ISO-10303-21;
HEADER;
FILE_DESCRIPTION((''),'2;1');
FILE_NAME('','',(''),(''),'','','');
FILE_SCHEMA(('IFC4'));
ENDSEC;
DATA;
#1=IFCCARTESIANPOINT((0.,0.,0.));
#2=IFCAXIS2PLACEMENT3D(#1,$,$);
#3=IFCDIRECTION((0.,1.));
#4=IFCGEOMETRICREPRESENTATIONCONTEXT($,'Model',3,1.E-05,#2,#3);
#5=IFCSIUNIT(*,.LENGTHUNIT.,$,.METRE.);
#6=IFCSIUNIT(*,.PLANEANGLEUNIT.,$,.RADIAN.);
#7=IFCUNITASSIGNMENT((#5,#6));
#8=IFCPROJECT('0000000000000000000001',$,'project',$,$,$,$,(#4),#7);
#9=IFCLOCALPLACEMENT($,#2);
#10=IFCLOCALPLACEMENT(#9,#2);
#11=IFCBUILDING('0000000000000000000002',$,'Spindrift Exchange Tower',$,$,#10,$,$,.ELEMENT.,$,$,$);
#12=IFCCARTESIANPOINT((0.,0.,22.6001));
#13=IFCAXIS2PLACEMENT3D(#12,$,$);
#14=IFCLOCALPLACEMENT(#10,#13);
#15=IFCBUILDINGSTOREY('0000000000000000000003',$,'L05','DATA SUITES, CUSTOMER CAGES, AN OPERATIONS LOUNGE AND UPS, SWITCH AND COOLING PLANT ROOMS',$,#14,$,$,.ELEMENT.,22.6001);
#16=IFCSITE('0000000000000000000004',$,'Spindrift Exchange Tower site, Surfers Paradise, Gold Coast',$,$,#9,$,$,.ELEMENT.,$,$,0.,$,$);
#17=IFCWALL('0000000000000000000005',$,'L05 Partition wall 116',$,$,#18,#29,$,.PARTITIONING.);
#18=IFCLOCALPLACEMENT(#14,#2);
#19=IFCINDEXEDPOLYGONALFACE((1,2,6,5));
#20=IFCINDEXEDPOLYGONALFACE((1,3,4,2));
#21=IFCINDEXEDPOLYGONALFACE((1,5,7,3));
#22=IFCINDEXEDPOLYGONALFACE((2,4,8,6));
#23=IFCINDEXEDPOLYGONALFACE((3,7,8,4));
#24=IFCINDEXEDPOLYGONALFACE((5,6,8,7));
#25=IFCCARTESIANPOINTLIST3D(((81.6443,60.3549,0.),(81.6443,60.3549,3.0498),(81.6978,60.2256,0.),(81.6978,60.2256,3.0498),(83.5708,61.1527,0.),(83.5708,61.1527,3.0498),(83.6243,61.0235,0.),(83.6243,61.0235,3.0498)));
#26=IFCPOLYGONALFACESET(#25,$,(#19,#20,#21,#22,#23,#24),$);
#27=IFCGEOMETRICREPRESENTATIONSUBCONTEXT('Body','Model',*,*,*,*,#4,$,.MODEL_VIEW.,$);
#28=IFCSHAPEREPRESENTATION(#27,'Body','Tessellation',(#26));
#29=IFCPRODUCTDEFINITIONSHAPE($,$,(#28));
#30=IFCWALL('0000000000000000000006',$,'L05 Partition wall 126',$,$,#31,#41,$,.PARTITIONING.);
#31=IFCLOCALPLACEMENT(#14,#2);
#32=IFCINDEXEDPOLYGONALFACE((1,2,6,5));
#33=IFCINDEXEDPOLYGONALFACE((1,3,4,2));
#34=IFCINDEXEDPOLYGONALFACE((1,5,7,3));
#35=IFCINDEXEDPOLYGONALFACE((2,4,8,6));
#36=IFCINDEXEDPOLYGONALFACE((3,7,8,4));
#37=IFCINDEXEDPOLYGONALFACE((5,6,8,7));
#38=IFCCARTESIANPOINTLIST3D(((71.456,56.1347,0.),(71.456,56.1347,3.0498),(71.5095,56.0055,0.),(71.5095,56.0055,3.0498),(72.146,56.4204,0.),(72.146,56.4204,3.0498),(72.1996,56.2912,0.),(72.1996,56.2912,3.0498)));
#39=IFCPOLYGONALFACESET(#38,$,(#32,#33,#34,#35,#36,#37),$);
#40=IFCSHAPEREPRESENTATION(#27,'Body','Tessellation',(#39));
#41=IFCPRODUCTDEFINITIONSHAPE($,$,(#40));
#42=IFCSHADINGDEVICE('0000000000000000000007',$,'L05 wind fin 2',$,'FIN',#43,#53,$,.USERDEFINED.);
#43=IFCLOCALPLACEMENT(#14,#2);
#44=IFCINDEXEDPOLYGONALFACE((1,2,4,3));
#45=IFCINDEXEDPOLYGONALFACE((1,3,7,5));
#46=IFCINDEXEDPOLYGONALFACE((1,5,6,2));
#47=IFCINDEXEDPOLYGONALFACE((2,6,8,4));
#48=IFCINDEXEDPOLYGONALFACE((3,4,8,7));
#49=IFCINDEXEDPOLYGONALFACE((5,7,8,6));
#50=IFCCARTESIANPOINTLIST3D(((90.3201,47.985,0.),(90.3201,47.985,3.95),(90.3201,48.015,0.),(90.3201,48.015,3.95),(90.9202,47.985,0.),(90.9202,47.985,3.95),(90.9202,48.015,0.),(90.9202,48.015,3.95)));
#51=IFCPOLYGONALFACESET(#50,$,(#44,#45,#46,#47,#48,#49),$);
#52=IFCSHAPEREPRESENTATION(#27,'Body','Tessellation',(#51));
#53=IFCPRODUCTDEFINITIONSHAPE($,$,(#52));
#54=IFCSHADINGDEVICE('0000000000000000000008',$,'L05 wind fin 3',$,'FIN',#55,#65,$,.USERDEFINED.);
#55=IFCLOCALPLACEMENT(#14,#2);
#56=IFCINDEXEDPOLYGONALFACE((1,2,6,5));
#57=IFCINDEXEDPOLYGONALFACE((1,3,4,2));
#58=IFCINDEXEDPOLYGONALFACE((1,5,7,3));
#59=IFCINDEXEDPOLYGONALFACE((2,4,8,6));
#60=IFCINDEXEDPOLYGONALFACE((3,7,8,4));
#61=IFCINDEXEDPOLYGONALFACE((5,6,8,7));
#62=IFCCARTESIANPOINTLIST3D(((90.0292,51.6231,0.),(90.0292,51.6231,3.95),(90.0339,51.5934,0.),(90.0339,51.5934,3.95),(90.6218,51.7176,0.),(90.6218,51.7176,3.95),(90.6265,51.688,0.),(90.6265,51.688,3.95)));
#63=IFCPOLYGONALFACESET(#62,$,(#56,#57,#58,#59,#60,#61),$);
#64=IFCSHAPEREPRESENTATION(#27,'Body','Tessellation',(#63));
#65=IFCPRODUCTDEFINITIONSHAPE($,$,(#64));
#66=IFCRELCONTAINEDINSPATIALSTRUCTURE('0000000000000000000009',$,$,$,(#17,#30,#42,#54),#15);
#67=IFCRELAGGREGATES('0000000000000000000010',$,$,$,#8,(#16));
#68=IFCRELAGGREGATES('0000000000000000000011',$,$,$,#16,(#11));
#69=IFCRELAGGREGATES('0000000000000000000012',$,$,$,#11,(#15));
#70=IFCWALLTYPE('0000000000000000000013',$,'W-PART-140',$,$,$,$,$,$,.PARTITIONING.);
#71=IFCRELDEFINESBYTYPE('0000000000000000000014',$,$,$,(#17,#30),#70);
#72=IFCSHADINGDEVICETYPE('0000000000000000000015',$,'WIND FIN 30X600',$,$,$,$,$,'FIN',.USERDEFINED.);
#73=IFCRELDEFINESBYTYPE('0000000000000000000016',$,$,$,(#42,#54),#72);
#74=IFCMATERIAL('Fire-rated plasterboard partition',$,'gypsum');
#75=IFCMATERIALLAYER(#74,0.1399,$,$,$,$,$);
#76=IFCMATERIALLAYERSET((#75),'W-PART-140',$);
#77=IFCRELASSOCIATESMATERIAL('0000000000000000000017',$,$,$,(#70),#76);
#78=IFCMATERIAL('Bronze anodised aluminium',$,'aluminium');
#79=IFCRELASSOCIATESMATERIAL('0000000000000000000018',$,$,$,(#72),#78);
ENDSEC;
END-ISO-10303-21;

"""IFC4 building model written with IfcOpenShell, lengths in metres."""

from ifc_helpers import new_model, si_unit, direction, frame, frame_2d, origin, origin_2d, place, context, subcontext, project, spatial, rectangle, extrude, source, transform, mapped, material, layer, layer_set, material_profile, profile_set, type_object, element, save


model = new_model("IFC4")

# Units and contexts
model_context = context("Model", 3, precision=1e-05, world=origin(), true_north=direction((0.0, 1.0)))
body_context = subcontext(model_context, "Body", "Model", "MODEL_VIEW")
ifc_project = project(units=[si_unit("LENGTHUNIT", "METRE"), si_unit("PLANEANGLEUNIT", "RADIAN")], contexts=[model_context])

# Site, building, storey
site_placement = place(None, origin())
site = spatial("IfcSite", under=ifc_project, at=site_placement, Name="Spindrift Exchange Tower site, Surfers Paradise, Gold Coast", CompositionType="ELEMENT", RefElevation=0.0)
building_placement = place(site_placement, origin())
building = spatial("IfcBuilding", under=site, at=building_placement, Name="Spindrift Exchange Tower", CompositionType="ELEMENT")
storey_placement = place(building_placement, frame((0.0, 0.0, 22.6001)))
storey = spatial("IfcBuildingStorey", under=building, at=storey_placement, Name="L05", Description="DATA SUITES, CUSTOMER CAGES, AN OPERATIONS LOUNGE AND UPS, SWITCH AND COOLING PLANT ROOMS", CompositionType="ELEMENT", Elevation=22.6001)

# Shared definitions
ifc_material_1 = material(Name="Bronze anodised aluminium", Category="aluminium")

# Shared definitions
ifc_material_2 = material(Name="Fire-rated plasterboard partition", Category="gypsum")
ifc_layer_1 = layer(ifc_material_2, 0.1399)
ifc_layer_set_1 = layer_set([ifc_layer_1], Name="W-PART-140")
wall_type_1 = type_object("IfcWallType", Name="W-PART-140", PredefinedType="PARTITIONING", material=ifc_layer_set_1)

# Walls
wall_1_placement = place(storey_placement, frame((81.6711, 60.2903, 0.0), z_axis=(0.0, 0.0, 1.0), x_axis=(0.923903, 0.382628, 0.0)))
element("IfcWall", 1, at=wall_1_placement, inside=storey, type_object=wall_type_1, Name="L05 Partition wall 116", PredefinedType="PARTITIONING", context=body_context, shape_type="SweptSolid", body=[
    extrude(rectangle(XDim=2.0852, YDim=0.1399, at=frame_2d((1.0425, 0.0))), origin(), (0.0, 0.0, 1.0), 3.0498),
])
wall_2_placement = place(storey_placement, frame((71.4827, 56.0701, 0.0), z_axis=(0.0, 0.0, 1.0), x_axis=(0.923945, 0.382525, 0.0)))
element("IfcWall", 2, at=wall_2_placement, inside=storey, type_object=wall_type_1, Name="L05 Partition wall 126", PredefinedType="PARTITIONING", context=body_context, shape_type="SweptSolid", body=[
    extrude(rectangle(XDim=0.7468, YDim=0.1399, at=frame_2d((0.3735, 0.0))), origin(), (0.0, 0.0, 1.0), 3.0498),
])

# Shading devices
ifc_material_profile_1 = material_profile(ifc_material_1, rectangle(XDim=0.03, YDim=0.6001, at=origin_2d()), Name="WIND FIN 30X600")
ifc_profile_set_1 = profile_set([ifc_material_profile_1], Name="Bronze anodised aluminium")
shading_device_type = type_object("IfcShadingDeviceType", Name="WIND FIN 30X600", ElementType="FIN", PredefinedType="USERDEFINED", material=ifc_profile_set_1)
shared_shape_1 = source(origin(), body_context, "Body", "SweptSolid", [
    extrude(rectangle(XDim=0.03, YDim=0.6001, at=origin_2d()), origin(), (0.0, 0.0, 1.0), 3.95),
])
for number, where, z_axis, x_axis, name in (
    (3, (90.6201, 48.0, 0.0), (0.0, 0.0, 1.0), (0.0, 1.0, 0.0), "L05 wind fin 2"),
    (4, (90.3279, 51.6555, 0.0), (0.0, 0.0, 1.0), (-0.15761, 0.987501, 0.0), "L05 wind fin 3"),
):
    element("IfcShadingDevice", number, at=place(storey_placement, frame(where, z_axis=z_axis, x_axis=x_axis)), inside=storey, type_object=shading_device_type, Name=name, ObjectType="FIN", PredefinedType="USERDEFINED", context=body_context, shape_type="MappedRepresentation", body=[
        mapped(shared_shape_1, transform((0.0, 0.0, 0.0), scale=1.0)),
    ])

save(model, "model.ifc")
